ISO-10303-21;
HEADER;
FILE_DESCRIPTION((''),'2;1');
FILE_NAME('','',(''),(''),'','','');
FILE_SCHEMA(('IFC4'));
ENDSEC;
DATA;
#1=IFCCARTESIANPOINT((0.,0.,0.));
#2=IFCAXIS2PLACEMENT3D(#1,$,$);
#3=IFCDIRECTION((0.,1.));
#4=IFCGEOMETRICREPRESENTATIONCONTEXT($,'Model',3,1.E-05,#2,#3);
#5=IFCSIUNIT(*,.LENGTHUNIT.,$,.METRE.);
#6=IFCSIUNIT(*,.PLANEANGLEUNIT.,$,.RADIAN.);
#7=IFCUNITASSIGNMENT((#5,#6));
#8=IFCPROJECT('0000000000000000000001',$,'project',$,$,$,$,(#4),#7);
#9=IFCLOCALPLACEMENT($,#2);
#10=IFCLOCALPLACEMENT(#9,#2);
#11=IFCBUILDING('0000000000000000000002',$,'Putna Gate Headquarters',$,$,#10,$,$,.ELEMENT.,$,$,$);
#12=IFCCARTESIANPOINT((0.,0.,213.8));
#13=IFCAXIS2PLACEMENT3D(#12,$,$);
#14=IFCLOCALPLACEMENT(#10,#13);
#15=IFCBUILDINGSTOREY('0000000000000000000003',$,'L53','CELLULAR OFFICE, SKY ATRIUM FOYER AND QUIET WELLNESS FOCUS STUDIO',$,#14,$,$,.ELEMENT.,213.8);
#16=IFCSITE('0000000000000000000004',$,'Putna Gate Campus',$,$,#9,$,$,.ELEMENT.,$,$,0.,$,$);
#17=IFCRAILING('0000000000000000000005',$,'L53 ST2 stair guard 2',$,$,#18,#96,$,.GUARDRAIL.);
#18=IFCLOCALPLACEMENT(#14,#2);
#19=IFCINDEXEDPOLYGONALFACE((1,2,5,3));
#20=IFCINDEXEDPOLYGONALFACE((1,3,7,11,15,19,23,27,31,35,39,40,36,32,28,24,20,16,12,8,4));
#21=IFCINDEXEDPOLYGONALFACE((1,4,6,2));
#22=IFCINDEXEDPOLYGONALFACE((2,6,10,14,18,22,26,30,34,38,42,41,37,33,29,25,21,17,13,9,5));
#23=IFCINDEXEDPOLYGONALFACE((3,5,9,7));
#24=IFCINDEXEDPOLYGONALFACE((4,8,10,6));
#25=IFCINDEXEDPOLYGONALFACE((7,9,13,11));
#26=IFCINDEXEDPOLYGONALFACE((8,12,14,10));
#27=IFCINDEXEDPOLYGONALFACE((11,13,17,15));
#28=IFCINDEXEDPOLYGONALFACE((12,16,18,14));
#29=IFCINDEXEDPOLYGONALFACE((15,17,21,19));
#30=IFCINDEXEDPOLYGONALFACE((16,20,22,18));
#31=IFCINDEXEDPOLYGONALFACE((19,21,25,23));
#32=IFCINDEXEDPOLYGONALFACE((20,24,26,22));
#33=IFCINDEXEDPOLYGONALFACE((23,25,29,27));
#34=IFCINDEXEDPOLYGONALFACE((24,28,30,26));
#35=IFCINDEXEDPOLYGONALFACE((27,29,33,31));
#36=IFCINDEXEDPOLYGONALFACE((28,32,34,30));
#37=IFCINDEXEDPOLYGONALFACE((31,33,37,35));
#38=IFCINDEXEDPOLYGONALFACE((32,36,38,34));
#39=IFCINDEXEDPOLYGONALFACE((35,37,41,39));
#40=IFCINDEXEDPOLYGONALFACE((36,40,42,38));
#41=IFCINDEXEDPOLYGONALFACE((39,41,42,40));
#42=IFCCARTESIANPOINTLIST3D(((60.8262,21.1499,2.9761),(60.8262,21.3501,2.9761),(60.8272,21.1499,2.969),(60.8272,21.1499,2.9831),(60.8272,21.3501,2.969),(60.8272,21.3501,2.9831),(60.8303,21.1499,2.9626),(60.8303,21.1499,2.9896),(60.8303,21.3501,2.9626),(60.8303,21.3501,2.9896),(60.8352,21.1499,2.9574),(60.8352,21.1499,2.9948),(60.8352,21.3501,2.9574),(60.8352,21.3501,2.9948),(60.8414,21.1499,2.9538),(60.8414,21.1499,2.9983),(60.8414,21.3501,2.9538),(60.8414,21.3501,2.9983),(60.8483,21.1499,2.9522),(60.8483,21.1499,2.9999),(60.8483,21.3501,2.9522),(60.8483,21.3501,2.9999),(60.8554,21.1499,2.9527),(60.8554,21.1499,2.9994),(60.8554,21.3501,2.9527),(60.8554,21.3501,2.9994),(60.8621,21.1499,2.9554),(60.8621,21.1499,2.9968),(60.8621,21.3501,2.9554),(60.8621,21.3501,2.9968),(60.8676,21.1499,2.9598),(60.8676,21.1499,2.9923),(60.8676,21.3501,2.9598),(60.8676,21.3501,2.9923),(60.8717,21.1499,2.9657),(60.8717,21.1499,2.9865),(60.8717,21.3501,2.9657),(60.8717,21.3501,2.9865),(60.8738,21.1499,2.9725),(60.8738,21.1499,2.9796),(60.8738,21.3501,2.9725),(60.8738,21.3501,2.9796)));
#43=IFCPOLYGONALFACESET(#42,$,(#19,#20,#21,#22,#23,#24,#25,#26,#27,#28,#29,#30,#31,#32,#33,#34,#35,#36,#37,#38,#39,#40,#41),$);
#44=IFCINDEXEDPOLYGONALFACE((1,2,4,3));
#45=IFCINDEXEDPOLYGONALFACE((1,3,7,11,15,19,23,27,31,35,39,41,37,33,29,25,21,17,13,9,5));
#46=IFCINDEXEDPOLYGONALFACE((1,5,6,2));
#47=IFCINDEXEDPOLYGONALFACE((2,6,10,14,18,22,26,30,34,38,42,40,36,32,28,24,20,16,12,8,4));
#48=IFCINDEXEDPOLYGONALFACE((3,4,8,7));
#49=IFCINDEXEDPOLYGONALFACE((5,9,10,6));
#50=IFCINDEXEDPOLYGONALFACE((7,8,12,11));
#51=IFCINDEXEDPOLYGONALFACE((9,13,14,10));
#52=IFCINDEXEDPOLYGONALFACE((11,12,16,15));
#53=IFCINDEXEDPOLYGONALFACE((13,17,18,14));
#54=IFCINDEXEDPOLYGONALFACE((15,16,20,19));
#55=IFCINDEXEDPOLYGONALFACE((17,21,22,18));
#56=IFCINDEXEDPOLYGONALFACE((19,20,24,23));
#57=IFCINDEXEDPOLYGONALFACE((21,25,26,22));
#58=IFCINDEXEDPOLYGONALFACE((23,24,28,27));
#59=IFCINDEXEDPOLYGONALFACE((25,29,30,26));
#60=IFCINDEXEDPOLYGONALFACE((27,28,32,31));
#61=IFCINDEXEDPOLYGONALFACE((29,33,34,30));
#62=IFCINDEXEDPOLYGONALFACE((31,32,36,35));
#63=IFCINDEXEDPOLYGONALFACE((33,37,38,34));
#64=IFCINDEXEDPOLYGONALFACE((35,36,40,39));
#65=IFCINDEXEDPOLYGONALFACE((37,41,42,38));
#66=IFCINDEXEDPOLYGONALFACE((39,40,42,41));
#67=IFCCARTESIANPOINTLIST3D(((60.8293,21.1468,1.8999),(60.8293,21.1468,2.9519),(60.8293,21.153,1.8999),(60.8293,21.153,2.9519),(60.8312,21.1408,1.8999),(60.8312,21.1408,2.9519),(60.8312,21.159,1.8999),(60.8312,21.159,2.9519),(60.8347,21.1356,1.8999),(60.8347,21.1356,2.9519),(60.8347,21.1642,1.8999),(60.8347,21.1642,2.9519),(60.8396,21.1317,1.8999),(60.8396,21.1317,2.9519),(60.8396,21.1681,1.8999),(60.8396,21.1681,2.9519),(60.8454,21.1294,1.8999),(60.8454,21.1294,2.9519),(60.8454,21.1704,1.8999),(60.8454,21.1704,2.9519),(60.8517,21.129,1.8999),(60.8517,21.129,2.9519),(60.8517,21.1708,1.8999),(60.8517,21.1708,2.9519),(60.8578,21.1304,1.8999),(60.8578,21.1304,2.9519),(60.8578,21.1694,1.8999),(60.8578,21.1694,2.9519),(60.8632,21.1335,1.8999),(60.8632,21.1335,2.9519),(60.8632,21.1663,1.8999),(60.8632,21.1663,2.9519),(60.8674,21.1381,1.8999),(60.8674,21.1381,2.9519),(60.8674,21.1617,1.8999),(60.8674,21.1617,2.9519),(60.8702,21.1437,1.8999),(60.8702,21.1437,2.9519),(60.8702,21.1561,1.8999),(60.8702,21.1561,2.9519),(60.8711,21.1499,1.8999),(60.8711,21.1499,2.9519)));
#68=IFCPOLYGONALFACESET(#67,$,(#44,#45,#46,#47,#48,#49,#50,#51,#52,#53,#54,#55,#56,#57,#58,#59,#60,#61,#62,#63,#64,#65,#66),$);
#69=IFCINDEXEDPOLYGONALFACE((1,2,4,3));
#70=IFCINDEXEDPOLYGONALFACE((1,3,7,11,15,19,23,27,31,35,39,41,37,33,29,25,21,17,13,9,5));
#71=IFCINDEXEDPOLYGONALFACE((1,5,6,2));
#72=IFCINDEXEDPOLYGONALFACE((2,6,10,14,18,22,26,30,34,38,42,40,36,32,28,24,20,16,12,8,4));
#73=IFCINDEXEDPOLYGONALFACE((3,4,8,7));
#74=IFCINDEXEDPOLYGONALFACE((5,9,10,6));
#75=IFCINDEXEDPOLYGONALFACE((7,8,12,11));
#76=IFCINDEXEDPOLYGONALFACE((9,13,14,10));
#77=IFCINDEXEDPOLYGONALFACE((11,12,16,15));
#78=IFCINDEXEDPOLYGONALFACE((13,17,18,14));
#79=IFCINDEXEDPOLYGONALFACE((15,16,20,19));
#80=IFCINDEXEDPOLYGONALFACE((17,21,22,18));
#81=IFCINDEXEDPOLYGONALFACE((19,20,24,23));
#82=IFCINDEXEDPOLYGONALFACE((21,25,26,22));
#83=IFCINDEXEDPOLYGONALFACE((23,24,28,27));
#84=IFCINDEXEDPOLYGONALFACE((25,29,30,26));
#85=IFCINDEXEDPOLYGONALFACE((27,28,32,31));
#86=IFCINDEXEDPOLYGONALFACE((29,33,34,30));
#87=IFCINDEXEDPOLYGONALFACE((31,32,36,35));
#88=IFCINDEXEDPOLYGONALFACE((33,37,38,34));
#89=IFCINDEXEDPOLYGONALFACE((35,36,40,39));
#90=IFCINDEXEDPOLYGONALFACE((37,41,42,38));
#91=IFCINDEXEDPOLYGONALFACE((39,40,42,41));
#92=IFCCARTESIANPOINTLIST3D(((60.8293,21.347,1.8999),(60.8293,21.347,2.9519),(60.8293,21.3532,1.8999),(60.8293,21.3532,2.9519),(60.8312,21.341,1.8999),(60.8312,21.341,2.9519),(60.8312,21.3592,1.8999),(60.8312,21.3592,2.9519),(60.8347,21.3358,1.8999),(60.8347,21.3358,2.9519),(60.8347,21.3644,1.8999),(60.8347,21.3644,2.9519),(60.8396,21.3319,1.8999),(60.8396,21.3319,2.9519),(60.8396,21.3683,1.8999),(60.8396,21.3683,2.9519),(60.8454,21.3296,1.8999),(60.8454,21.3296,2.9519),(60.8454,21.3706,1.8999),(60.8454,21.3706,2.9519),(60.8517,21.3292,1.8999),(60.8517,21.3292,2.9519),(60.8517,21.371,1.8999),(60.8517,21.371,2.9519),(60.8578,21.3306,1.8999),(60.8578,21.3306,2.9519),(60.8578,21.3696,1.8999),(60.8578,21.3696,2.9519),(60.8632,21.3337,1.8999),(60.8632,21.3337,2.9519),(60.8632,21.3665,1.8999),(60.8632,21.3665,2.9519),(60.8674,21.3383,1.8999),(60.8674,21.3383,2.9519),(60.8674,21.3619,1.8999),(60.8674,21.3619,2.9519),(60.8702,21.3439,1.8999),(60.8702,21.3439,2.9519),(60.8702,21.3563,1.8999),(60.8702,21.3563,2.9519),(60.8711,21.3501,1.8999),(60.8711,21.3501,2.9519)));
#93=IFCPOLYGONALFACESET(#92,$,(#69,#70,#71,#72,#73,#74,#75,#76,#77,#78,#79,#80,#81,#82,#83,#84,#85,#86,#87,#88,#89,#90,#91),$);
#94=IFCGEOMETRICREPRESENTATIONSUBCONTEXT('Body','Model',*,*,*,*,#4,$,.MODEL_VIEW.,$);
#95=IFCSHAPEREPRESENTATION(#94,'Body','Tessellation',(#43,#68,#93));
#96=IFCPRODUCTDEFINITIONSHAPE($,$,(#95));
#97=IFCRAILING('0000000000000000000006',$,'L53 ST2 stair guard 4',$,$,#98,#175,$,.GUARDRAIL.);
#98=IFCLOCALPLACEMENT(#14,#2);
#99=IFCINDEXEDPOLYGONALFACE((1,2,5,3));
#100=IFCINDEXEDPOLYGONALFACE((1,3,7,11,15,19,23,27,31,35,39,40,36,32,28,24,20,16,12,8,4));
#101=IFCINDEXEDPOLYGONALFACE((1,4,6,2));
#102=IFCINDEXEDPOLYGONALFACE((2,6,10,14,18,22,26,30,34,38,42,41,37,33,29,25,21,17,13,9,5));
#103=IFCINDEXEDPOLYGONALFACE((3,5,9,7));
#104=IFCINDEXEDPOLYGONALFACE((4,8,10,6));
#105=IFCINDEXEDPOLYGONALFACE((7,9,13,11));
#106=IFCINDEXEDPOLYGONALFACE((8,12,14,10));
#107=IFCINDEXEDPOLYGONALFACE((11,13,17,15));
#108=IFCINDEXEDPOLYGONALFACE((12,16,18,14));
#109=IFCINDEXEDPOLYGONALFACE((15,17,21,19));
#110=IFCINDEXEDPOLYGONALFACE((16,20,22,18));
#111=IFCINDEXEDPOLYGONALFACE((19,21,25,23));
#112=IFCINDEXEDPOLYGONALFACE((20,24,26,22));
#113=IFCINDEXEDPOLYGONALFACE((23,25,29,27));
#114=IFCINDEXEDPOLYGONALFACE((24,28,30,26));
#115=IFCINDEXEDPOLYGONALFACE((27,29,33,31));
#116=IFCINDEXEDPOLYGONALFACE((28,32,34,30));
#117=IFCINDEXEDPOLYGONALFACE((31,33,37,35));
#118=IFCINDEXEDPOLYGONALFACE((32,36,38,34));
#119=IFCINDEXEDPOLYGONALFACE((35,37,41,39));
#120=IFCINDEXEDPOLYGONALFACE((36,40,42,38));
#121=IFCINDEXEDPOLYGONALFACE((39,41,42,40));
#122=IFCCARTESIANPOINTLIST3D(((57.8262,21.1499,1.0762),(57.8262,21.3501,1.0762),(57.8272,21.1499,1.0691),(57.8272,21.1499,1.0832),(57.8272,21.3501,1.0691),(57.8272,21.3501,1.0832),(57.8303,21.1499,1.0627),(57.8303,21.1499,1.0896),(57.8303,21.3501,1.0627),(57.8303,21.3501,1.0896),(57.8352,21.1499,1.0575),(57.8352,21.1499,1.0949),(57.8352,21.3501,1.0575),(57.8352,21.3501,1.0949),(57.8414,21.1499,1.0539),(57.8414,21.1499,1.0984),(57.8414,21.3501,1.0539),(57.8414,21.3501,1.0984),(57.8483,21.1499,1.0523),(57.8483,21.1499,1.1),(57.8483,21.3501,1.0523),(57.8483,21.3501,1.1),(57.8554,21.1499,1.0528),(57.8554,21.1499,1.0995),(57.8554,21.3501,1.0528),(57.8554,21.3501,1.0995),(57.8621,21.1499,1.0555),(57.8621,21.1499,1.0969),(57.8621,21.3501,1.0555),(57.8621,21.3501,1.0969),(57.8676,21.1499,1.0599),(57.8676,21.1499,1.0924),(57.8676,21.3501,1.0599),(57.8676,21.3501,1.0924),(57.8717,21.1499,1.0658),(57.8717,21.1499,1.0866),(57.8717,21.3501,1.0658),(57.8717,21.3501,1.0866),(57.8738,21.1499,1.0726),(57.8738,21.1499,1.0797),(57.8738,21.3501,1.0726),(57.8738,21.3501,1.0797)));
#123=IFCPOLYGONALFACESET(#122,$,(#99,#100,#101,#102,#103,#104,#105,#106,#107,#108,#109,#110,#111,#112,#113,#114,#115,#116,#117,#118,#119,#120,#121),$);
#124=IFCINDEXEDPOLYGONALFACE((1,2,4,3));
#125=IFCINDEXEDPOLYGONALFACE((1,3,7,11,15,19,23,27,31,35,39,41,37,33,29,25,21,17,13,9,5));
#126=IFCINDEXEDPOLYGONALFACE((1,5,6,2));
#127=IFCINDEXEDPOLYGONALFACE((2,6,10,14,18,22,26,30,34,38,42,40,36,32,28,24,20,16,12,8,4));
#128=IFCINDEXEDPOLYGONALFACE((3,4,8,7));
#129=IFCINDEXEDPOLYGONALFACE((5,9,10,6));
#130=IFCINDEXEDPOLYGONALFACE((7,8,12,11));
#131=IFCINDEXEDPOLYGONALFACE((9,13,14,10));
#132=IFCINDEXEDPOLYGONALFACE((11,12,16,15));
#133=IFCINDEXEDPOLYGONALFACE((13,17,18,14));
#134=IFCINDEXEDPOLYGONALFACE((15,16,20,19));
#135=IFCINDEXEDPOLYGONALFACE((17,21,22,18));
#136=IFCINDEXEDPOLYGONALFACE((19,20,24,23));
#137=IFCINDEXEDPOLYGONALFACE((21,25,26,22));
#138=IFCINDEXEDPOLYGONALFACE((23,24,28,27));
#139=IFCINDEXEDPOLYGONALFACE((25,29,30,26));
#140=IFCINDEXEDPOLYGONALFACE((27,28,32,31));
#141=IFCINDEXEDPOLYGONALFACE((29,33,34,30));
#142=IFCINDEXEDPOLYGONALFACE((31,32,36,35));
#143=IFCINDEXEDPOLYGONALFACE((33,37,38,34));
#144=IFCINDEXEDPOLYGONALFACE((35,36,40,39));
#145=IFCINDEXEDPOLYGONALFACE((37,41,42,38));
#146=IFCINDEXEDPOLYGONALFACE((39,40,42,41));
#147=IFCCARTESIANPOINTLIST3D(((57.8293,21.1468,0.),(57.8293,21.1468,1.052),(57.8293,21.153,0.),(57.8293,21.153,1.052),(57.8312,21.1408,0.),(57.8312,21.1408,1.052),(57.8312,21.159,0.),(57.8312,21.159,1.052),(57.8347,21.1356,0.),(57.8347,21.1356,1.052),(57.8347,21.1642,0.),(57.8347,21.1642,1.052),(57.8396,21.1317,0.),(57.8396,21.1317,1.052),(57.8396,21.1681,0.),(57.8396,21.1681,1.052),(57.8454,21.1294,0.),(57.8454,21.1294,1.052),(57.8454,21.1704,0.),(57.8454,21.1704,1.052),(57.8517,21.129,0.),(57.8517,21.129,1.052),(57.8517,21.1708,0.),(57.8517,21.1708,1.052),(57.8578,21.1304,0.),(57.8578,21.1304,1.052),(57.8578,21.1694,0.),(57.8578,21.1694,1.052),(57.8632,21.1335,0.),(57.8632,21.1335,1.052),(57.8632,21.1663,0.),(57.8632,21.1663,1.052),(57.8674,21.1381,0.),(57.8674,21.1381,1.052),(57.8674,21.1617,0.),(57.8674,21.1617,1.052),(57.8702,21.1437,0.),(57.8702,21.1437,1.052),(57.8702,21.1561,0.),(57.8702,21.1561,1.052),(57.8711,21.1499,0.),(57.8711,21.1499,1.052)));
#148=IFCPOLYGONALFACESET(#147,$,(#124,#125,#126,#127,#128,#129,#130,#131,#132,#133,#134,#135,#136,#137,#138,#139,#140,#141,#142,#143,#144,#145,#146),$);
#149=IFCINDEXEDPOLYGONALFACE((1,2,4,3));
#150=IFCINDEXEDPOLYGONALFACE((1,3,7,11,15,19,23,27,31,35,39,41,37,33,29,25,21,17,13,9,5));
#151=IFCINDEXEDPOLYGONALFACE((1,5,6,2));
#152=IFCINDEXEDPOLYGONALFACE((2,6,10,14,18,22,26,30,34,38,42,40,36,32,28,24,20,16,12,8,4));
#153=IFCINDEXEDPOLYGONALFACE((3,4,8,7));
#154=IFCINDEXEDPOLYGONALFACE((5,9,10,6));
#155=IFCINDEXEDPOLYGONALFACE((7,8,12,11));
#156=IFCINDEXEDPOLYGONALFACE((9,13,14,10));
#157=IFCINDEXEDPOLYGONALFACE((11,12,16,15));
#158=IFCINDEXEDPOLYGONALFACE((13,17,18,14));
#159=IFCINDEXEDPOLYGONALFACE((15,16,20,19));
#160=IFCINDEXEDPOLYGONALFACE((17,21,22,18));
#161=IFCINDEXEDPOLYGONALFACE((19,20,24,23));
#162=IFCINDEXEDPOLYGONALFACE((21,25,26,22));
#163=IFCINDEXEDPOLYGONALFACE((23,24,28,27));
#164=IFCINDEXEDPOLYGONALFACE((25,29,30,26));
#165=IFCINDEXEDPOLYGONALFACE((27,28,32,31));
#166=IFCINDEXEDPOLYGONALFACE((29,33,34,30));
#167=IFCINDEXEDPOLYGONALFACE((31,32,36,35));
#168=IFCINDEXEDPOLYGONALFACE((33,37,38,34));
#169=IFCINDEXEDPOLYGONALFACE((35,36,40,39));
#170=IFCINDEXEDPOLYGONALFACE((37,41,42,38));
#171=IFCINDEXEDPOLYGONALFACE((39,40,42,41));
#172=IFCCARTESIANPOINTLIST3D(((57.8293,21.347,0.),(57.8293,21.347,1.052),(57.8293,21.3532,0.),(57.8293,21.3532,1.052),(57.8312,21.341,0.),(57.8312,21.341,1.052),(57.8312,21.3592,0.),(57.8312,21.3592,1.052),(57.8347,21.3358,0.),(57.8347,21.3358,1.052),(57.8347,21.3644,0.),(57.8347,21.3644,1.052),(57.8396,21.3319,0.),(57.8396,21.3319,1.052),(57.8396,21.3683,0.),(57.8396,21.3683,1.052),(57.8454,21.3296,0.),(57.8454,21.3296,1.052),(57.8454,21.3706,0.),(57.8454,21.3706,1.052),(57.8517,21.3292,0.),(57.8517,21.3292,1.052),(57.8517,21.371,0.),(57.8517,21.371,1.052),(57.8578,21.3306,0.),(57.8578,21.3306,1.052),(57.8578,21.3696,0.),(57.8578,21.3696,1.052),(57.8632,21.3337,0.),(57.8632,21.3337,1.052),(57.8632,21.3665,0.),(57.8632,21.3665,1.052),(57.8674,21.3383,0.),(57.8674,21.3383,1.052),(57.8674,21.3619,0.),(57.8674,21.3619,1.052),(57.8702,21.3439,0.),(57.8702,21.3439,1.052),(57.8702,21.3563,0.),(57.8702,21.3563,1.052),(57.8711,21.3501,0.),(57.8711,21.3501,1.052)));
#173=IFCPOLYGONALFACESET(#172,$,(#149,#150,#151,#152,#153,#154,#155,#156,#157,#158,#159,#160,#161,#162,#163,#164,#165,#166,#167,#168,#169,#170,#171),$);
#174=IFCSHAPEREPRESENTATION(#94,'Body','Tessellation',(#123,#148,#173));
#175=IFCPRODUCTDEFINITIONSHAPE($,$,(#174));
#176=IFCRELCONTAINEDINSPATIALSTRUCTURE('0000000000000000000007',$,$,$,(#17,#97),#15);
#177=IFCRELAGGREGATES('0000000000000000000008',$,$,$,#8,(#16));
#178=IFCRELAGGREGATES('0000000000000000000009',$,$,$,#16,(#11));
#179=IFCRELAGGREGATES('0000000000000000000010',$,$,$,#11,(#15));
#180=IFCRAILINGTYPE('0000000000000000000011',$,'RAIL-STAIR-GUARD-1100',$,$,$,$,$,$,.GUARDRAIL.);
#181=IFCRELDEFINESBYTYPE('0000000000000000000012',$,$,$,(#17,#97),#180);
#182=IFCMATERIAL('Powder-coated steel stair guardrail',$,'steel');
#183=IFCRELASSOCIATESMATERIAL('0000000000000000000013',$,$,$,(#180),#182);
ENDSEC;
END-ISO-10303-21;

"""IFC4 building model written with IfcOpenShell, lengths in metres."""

from ifc_helpers import new_model, si_unit, direction, frame, origin, origin_2d, place, context, subcontext, project, spatial, circle, extrude, material, type_object, element, save


model = new_model("IFC4")

# Units and contexts
model_context = context("Model", 3, precision=1e-05, world=origin(), true_north=direction((0.0, 1.0)))
body_context = subcontext(model_context, "Body", "Model", "MODEL_VIEW")
ifc_project = project(units=[si_unit("LENGTHUNIT", "METRE"), si_unit("PLANEANGLEUNIT", "RADIAN")], contexts=[model_context])

# Site, building, storey
site_placement = place(None, origin())
site = spatial("IfcSite", under=ifc_project, at=site_placement, Name="Putna Gate Campus", CompositionType="ELEMENT", RefElevation=0.0)
building_placement = place(site_placement, origin())
building = spatial("IfcBuilding", under=site, at=building_placement, Name="Putna Gate Headquarters", CompositionType="ELEMENT")
storey_placement = place(building_placement, frame((0.0, 0.0, 213.8)))
storey = spatial("IfcBuildingStorey", under=building, at=storey_placement, Name="L53", Description="CELLULAR OFFICE, SKY ATRIUM FOYER AND QUIET WELLNESS FOCUS STUDIO", CompositionType="ELEMENT", Elevation=213.8)

# Railings
ifc_material_1 = material(Name="Powder-coated steel stair guardrail", Category="steel")
railing_type_1 = type_object("IfcRailingType", Name="RAIL-STAIR-GUARD-1100", PredefinedType="GUARDRAIL", material=ifc_material_1)
for number, where, name in (
    (1, (60.8501, 21.1499, 1.8999), "L53 ST2 stair guard 2"),
    (2, (57.8501, 21.1499, 0.0), "L53 ST2 stair guard 4"),
):
    element("IfcRailing", number, at=place(storey_placement, frame(where)), inside=storey, type_object=railing_type_1, Name=name, PredefinedType="GUARDRAIL", context=body_context, shape_type="SweptSolid", body=[
        extrude(circle(Radius=0.0239, at=origin_2d()), frame((0.0, 0.0, 1.0762), z_axis=(0.0, 1.0, 0.0), x_axis=(-1.0, 0.0, 0.0)), (0.0, 0.0, 1.0), 0.2002),
        extrude(circle(Radius=0.021, at=origin_2d()), origin(), (0.0, 0.0, 1.0), 1.052),
        extrude(circle(Radius=0.021, at=origin_2d()), frame((0.0, 0.2002, 0.0)), (0.0, 0.0, 1.0), 1.052),
    ])

save(model, "model.ifc")
